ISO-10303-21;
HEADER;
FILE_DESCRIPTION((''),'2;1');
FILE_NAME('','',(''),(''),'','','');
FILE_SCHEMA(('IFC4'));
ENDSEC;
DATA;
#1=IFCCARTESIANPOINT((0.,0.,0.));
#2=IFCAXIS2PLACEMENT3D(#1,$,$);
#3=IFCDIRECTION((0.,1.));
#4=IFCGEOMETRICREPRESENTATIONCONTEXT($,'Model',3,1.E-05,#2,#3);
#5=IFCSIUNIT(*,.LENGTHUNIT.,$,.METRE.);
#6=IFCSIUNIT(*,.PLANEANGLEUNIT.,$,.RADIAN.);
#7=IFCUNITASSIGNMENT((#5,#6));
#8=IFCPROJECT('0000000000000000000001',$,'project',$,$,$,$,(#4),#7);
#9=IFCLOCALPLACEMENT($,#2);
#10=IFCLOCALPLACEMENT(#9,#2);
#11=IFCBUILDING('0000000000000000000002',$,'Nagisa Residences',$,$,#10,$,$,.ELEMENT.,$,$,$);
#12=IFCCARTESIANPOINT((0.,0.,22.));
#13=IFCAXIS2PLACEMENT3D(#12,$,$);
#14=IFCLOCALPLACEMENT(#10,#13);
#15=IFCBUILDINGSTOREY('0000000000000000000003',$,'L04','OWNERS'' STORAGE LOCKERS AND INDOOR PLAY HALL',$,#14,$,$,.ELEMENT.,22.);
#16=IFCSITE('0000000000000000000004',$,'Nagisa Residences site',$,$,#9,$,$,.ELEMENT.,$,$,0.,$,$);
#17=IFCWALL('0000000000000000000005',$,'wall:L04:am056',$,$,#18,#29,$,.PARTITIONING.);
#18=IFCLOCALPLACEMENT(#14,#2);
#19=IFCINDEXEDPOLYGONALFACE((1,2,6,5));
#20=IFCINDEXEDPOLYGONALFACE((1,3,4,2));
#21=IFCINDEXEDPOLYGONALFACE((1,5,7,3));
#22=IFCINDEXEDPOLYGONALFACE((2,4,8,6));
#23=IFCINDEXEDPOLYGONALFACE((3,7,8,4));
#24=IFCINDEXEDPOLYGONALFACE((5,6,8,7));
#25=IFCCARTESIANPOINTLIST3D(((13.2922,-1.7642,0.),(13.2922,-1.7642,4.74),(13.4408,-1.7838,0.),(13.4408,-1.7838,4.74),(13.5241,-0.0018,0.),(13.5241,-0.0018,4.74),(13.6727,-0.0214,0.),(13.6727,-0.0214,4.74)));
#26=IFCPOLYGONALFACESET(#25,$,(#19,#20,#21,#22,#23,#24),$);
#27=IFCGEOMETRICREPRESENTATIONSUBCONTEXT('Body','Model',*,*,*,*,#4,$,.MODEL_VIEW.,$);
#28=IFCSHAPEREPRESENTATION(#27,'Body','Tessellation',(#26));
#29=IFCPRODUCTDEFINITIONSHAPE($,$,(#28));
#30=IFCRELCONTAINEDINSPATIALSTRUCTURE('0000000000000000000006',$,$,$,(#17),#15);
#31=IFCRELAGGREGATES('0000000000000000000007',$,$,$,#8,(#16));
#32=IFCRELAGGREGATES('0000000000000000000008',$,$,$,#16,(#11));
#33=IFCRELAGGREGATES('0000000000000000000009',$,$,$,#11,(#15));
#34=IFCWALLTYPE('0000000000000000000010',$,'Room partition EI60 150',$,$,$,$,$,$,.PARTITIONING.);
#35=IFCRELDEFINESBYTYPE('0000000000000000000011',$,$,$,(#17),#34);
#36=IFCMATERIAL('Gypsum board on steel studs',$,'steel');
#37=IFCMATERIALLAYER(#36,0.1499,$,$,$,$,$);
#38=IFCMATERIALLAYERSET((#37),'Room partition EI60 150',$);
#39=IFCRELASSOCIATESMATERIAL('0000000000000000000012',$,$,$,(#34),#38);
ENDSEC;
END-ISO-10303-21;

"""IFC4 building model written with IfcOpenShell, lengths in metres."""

from ifc_helpers import new_model, si_unit, direction, frame, frame_2d, origin, place, context, subcontext, project, spatial, rectangle, extrude, material, layer, layer_set, type_object, element, save


model = new_model("IFC4")

# Units and contexts
model_context = context("Model", 3, precision=1e-05, world=origin(), true_north=direction((0.0, 1.0)))
body_context = subcontext(model_context, "Body", "Model", "MODEL_VIEW")
ifc_project = project(units=[si_unit("LENGTHUNIT", "METRE"), si_unit("PLANEANGLEUNIT", "RADIAN")], contexts=[model_context])

# Site, building, storey
site_placement = place(None, origin())
site = spatial("IfcSite", under=ifc_project, at=site_placement, Name="Nagisa Residences site", CompositionType="ELEMENT", RefElevation=0.0)
building_placement = place(site_placement, origin())
building = spatial("IfcBuilding", under=site, at=building_placement, Name="Nagisa Residences", CompositionType="ELEMENT")
storey_placement = place(building_placement, frame((0.0, 0.0, 22.0)))
storey = spatial("IfcBuildingStorey", under=building, at=storey_placement, Name="L04", Description="OWNERS' STORAGE LOCKERS AND INDOOR PLAY HALL", CompositionType="ELEMENT", Elevation=22.0)

# Shared definitions
ifc_material_1 = material(Name="Gypsum board on steel studs", Category="steel")
ifc_layer_1 = layer(ifc_material_1, 0.1499)
ifc_layer_set_1 = layer_set([ifc_layer_1], Name="Room partition EI60 150")
wall_type = type_object("IfcWallType", Name="Room partition EI60 150", PredefinedType="PARTITIONING", material=ifc_layer_set_1)

# Wall
wall_1_placement = place(storey_placement, frame((13.5984, -0.0117, 0.0), z_axis=(0.0, 0.0, 1.0), x_axis=(-0.130472, -0.991452, 0.0)))
element("IfcWall", 1, at=wall_1_placement, inside=storey, type_object=wall_type, Name="wall:L04:am056", PredefinedType="PARTITIONING", context=body_context, shape_type="SweptSolid", body=[
    extrude(rectangle(XDim=1.7776, YDim=0.1499, at=frame_2d((0.8887, 0.0))), origin(), (0.0, 0.0, 1.0), 4.74),
])

save(model, "model.ifc")
